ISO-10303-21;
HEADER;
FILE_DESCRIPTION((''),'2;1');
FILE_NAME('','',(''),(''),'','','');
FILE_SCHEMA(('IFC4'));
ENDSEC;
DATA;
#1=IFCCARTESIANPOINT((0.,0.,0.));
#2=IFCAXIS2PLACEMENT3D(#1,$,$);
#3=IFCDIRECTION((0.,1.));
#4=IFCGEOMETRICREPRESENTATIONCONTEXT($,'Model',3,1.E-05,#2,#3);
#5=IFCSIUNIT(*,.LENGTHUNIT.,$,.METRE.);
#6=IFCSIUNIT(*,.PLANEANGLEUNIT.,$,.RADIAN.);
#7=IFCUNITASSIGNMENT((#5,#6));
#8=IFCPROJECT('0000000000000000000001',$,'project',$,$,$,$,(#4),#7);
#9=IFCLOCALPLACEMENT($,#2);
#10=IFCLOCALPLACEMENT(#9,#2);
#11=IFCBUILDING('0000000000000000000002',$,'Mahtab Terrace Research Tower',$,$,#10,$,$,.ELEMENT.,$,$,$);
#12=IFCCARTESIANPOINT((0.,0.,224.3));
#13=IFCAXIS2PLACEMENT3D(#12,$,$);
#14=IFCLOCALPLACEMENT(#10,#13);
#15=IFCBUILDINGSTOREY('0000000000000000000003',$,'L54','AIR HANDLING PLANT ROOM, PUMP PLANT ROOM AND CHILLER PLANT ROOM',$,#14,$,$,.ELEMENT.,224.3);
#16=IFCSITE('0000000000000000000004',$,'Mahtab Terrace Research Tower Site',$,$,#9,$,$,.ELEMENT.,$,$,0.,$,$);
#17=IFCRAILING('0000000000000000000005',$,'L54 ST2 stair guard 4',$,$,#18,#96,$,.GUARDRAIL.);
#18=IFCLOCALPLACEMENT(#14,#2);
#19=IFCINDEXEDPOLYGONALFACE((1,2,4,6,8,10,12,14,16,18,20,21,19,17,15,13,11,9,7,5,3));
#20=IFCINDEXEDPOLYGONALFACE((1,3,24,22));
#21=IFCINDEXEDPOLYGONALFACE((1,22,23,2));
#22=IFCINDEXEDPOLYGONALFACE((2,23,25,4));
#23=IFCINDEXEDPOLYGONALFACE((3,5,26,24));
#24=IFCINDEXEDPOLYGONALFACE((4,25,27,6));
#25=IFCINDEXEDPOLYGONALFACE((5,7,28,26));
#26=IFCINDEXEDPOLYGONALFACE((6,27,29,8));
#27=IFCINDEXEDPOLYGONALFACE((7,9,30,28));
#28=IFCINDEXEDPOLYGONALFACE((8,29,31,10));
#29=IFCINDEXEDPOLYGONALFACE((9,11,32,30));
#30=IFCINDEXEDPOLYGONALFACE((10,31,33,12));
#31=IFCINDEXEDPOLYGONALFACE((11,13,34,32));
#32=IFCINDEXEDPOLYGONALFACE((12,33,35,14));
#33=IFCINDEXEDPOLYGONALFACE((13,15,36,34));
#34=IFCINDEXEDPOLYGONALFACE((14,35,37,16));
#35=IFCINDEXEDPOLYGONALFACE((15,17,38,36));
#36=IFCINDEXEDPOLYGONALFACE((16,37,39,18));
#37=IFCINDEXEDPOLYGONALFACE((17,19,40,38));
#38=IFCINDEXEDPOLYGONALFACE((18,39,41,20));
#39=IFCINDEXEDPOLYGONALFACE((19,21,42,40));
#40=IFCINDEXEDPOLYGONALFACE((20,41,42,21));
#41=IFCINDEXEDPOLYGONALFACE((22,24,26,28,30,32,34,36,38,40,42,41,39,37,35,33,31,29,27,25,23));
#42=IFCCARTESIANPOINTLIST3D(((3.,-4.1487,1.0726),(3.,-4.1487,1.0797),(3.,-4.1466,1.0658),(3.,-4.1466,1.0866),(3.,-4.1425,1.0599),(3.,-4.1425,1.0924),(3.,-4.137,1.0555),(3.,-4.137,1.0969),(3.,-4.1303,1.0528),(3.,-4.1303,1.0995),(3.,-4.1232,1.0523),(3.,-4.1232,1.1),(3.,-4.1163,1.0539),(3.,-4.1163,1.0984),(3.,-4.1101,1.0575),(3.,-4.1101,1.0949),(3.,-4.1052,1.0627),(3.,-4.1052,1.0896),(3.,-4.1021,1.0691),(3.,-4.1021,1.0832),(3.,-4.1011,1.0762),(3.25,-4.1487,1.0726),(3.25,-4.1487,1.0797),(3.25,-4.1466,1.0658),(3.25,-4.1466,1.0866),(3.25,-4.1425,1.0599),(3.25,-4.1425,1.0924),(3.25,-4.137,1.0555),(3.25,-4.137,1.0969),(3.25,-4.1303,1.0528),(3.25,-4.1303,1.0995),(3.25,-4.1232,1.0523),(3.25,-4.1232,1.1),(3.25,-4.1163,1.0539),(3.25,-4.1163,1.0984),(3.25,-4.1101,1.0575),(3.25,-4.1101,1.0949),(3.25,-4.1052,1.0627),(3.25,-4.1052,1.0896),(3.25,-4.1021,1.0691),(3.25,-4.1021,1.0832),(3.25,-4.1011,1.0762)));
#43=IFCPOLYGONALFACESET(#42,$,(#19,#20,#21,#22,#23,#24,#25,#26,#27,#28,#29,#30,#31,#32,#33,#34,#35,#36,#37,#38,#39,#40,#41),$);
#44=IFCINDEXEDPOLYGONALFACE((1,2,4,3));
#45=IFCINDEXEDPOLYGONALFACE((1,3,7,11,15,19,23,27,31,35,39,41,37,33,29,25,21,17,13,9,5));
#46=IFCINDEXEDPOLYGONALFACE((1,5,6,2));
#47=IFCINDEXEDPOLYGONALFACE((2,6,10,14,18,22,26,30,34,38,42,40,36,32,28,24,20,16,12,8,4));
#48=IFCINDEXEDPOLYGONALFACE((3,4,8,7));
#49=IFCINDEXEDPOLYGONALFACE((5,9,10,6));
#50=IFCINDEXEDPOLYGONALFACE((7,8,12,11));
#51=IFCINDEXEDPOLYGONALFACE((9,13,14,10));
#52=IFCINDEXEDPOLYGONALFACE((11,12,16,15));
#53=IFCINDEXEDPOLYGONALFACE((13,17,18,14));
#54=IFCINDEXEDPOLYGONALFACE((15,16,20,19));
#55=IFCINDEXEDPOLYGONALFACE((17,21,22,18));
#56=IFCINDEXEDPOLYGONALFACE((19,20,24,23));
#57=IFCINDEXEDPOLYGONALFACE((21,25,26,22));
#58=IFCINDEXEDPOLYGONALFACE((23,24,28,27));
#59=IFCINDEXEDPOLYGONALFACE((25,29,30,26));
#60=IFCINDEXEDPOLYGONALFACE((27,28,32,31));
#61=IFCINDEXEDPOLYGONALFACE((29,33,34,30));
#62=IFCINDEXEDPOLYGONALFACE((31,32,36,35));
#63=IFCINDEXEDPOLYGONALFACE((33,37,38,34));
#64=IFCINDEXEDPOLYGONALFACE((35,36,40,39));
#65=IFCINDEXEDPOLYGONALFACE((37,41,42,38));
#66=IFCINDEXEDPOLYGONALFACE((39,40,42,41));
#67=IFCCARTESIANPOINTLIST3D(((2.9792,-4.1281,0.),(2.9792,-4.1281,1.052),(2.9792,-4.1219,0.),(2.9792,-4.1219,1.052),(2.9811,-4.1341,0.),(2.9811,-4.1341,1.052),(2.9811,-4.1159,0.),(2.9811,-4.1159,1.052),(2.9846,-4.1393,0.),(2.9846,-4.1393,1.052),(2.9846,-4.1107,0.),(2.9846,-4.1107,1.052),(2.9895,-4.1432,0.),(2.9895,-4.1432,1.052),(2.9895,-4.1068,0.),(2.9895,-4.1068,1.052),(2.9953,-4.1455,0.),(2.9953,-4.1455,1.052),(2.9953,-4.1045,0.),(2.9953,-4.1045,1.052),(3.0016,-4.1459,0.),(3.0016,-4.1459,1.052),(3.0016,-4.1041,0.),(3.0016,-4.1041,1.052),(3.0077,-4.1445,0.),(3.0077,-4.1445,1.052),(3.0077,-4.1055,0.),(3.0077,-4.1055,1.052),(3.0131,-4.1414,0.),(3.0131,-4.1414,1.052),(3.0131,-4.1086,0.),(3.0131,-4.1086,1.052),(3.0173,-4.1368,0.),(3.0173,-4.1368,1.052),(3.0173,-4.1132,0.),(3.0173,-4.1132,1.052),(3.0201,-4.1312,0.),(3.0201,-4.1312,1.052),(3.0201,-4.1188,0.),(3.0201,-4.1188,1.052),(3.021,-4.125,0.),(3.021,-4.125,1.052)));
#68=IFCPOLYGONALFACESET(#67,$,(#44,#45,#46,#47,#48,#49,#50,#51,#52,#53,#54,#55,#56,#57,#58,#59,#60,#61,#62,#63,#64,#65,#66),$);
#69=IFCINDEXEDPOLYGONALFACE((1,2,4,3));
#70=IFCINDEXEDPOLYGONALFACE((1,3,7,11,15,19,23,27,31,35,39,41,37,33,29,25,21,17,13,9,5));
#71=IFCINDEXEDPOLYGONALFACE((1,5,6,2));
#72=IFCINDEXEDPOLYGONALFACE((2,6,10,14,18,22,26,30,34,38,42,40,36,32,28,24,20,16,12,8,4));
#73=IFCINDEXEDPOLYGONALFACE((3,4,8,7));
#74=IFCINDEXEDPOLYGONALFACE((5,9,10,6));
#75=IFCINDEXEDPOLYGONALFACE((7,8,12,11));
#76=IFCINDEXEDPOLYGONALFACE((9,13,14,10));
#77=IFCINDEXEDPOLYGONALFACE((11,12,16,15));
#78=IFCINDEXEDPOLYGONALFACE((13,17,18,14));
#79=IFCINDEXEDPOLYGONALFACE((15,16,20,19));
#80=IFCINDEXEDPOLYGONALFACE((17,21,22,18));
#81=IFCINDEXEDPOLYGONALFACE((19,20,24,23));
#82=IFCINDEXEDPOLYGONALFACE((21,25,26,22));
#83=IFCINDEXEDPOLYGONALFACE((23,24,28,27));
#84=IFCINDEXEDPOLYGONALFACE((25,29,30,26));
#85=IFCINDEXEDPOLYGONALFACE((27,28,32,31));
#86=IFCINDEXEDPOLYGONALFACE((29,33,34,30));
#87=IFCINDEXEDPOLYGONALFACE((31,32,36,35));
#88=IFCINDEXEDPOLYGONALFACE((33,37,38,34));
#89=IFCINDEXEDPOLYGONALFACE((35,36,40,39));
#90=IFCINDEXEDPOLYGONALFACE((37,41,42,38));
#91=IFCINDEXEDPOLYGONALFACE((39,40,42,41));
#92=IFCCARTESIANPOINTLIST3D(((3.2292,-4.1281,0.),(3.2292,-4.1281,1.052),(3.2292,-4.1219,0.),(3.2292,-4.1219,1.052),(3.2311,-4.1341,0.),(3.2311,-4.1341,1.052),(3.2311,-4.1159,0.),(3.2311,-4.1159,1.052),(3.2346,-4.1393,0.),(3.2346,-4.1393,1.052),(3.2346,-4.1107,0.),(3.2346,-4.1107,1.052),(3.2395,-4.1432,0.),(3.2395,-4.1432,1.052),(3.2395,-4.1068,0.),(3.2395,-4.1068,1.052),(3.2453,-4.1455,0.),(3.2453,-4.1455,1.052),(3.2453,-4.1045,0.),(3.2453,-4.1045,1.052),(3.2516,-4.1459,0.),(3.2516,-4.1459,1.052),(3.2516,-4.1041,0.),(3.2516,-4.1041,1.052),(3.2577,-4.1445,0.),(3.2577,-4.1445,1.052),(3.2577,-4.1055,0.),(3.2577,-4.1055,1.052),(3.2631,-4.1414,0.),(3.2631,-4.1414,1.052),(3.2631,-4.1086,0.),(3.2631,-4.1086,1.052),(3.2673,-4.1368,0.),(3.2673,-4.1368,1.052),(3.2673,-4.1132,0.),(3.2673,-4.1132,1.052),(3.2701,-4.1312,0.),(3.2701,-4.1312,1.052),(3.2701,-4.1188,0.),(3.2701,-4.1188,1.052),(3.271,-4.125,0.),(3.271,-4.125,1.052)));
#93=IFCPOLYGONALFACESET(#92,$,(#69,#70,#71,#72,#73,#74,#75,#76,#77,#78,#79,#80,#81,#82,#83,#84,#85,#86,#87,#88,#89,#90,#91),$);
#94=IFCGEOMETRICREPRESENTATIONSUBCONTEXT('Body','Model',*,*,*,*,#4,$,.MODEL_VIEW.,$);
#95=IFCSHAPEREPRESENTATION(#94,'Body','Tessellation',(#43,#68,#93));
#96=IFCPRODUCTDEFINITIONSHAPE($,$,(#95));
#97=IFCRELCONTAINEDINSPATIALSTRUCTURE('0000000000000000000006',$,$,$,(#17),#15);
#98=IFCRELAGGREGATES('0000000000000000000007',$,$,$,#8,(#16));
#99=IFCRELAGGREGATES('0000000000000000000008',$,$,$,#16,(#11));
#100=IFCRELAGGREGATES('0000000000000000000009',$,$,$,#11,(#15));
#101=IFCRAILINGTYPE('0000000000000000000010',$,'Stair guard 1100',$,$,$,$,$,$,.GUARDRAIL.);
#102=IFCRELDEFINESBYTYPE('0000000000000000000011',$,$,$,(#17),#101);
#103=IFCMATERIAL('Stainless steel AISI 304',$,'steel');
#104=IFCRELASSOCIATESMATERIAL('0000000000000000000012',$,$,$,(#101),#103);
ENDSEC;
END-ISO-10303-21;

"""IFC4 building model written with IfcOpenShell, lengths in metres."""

from ifc_helpers import new_model, si_unit, direction, frame, origin, origin_2d, place, context, subcontext, project, spatial, circle, extrude, material, type_object, element, save


model = new_model("IFC4")

# Units and contexts
model_context = context("Model", 3, precision=1e-05, world=origin(), true_north=direction((0.0, 1.0)))
body_context = subcontext(model_context, "Body", "Model", "MODEL_VIEW")
ifc_project = project(units=[si_unit("LENGTHUNIT", "METRE"), si_unit("PLANEANGLEUNIT", "RADIAN")], contexts=[model_context])

# Site, building, storey
site_placement = place(None, origin())
site = spatial("IfcSite", under=ifc_project, at=site_placement, Name="Mahtab Terrace Research Tower Site", CompositionType="ELEMENT", RefElevation=0.0)
building_placement = place(site_placement, origin())
building = spatial("IfcBuilding", under=site, at=building_placement, Name="Mahtab Terrace Research Tower", CompositionType="ELEMENT")
storey_placement = place(building_placement, frame((0.0, 0.0, 224.3)))
storey = spatial("IfcBuildingStorey", under=building, at=storey_placement, Name="L54", Description="AIR HANDLING PLANT ROOM, PUMP PLANT ROOM AND CHILLER PLANT ROOM", CompositionType="ELEMENT", Elevation=224.3)

# Railing
ifc_material_1 = material(Name="Stainless steel AISI 304", Category="steel")
railing_type_1 = type_object("IfcRailingType", Name="Stair guard 1100", PredefinedType="GUARDRAIL", material=ifc_material_1)
railing_1_placement = place(storey_placement, frame((3.0, -4.125, 0.0)))
element("IfcRailing", 1, at=railing_1_placement, inside=storey, type_object=railing_type_1, Name="L54 ST2 stair guard 4", PredefinedType="GUARDRAIL", context=body_context, shape_type="SweptSolid", body=[
    extrude(circle(Radius=0.0239, at=origin_2d()), frame((0.0, 0.0, 1.0762), z_axis=(1.0, 0.0, 0.0), x_axis=(0.0, 1.0, 0.0)), (0.0, 0.0, 1.0), 0.25),
    extrude(circle(Radius=0.021, at=origin_2d()), origin(), (0.0, 0.0, 1.0), 1.052),
    extrude(circle(Radius=0.021, at=origin_2d()), frame((0.25, 0.0, 0.0)), (0.0, 0.0, 1.0), 1.052),
])

save(model, "model.ifc")
